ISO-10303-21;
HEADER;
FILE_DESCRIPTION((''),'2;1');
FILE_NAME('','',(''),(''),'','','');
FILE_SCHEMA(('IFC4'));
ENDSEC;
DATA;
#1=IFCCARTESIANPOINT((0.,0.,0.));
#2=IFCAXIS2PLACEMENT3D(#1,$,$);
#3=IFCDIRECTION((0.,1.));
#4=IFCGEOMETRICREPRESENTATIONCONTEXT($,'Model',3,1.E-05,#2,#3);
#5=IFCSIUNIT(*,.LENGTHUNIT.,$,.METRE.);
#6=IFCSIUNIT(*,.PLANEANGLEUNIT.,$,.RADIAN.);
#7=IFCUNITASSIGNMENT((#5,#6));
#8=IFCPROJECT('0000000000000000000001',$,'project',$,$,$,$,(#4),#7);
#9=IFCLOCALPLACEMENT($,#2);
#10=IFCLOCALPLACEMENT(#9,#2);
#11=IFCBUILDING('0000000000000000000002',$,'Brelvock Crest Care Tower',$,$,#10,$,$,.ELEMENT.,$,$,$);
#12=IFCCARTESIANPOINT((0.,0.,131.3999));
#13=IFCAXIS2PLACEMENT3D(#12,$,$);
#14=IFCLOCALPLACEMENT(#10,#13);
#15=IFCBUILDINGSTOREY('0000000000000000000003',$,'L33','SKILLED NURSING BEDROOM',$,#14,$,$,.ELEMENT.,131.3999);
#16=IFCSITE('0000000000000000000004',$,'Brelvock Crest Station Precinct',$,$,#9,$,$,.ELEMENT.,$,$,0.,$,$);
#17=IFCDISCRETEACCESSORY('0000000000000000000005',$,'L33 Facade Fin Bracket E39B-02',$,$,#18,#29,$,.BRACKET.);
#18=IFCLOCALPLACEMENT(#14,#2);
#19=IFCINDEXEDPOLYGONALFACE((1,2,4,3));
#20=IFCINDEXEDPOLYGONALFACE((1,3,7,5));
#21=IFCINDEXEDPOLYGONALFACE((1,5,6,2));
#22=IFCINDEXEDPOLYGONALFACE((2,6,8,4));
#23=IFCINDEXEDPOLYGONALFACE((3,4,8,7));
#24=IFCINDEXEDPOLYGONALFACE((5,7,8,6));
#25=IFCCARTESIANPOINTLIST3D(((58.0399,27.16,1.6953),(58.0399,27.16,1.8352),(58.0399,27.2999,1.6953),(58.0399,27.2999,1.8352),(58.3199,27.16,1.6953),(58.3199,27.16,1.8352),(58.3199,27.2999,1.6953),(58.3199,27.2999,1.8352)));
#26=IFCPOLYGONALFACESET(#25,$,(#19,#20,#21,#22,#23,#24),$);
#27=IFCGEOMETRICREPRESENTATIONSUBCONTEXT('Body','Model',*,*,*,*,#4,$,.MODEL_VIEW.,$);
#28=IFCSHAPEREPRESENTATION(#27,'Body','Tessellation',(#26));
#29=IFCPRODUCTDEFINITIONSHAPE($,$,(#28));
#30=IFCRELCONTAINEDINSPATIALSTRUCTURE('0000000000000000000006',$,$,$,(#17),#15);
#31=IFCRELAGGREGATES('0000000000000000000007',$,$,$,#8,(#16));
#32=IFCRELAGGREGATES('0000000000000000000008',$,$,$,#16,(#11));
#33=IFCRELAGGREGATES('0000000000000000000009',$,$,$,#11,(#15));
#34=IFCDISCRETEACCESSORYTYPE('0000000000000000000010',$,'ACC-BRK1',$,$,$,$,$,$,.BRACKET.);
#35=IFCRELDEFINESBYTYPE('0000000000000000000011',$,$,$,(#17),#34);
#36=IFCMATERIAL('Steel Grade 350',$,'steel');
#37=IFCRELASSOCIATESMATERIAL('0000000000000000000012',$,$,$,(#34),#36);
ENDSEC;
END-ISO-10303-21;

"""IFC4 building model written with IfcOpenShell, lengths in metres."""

from ifc_helpers import new_model, si_unit, direction, frame, origin, origin_2d, place, context, subcontext, project, spatial, rectangle, extrude, source, transform, mapped, material, type_object, element, save


model = new_model("IFC4")

# Units and contexts
model_context = context("Model", 3, precision=1e-05, world=origin(), true_north=direction((0.0, 1.0)))
body_context = subcontext(model_context, "Body", "Model", "MODEL_VIEW")
ifc_project = project(units=[si_unit("LENGTHUNIT", "METRE"), si_unit("PLANEANGLEUNIT", "RADIAN")], contexts=[model_context])

# Site, building, storey
site_placement = place(None, origin())
site = spatial("IfcSite", under=ifc_project, at=site_placement, Name="Brelvock Crest Station Precinct", CompositionType="ELEMENT", RefElevation=0.0)
building_placement = place(site_placement, origin())
building = spatial("IfcBuilding", under=site, at=building_placement, Name="Brelvock Crest Care Tower", CompositionType="ELEMENT")
storey_placement = place(building_placement, frame((0.0, 0.0, 131.3999)))
storey = spatial("IfcBuildingStorey", under=building, at=storey_placement, Name="L33", Description="SKILLED NURSING BEDROOM", CompositionType="ELEMENT", Elevation=131.3999)

# Shared definitions
ifc_material_1 = material(Name="Steel Grade 350", Category="steel")

# Discrete accessory
discrete_accessory_type = type_object("IfcDiscreteAccessoryType", Name="ACC-BRK1", PredefinedType="BRACKET", material=ifc_material_1)
shared_shape_1 = source(origin(), body_context, "Body", "SweptSolid", [
    extrude(rectangle(XDim=0.28, YDim=0.1399, at=origin_2d()), origin(), (0.0, 0.0, 1.0), 0.1399),
])
for number, where, z_axis, x_axis, name in (
    (1, (58.1799, 27.23, 1.6953), (0.0, 0.0, 1.0), (1.0, 0.0, 0.0), "L33 Facade Fin Bracket E39B-02"),
):
    element("IfcDiscreteAccessory", number, at=place(storey_placement, frame(where, z_axis=z_axis, x_axis=x_axis)), inside=storey, type_object=discrete_accessory_type, Name=name, PredefinedType="BRACKET", context=body_context, shape_type="MappedRepresentation", body=[
        mapped(shared_shape_1, transform((0.0, 0.0, 0.0), x_axis=(1.0, 0.0, 0.0), y_axis=(0.0, 1.0, 0.0), z_axis=(0.0, 0.0, 1.0), scale=1.0)),
    ])

save(model, "model.ifc")
